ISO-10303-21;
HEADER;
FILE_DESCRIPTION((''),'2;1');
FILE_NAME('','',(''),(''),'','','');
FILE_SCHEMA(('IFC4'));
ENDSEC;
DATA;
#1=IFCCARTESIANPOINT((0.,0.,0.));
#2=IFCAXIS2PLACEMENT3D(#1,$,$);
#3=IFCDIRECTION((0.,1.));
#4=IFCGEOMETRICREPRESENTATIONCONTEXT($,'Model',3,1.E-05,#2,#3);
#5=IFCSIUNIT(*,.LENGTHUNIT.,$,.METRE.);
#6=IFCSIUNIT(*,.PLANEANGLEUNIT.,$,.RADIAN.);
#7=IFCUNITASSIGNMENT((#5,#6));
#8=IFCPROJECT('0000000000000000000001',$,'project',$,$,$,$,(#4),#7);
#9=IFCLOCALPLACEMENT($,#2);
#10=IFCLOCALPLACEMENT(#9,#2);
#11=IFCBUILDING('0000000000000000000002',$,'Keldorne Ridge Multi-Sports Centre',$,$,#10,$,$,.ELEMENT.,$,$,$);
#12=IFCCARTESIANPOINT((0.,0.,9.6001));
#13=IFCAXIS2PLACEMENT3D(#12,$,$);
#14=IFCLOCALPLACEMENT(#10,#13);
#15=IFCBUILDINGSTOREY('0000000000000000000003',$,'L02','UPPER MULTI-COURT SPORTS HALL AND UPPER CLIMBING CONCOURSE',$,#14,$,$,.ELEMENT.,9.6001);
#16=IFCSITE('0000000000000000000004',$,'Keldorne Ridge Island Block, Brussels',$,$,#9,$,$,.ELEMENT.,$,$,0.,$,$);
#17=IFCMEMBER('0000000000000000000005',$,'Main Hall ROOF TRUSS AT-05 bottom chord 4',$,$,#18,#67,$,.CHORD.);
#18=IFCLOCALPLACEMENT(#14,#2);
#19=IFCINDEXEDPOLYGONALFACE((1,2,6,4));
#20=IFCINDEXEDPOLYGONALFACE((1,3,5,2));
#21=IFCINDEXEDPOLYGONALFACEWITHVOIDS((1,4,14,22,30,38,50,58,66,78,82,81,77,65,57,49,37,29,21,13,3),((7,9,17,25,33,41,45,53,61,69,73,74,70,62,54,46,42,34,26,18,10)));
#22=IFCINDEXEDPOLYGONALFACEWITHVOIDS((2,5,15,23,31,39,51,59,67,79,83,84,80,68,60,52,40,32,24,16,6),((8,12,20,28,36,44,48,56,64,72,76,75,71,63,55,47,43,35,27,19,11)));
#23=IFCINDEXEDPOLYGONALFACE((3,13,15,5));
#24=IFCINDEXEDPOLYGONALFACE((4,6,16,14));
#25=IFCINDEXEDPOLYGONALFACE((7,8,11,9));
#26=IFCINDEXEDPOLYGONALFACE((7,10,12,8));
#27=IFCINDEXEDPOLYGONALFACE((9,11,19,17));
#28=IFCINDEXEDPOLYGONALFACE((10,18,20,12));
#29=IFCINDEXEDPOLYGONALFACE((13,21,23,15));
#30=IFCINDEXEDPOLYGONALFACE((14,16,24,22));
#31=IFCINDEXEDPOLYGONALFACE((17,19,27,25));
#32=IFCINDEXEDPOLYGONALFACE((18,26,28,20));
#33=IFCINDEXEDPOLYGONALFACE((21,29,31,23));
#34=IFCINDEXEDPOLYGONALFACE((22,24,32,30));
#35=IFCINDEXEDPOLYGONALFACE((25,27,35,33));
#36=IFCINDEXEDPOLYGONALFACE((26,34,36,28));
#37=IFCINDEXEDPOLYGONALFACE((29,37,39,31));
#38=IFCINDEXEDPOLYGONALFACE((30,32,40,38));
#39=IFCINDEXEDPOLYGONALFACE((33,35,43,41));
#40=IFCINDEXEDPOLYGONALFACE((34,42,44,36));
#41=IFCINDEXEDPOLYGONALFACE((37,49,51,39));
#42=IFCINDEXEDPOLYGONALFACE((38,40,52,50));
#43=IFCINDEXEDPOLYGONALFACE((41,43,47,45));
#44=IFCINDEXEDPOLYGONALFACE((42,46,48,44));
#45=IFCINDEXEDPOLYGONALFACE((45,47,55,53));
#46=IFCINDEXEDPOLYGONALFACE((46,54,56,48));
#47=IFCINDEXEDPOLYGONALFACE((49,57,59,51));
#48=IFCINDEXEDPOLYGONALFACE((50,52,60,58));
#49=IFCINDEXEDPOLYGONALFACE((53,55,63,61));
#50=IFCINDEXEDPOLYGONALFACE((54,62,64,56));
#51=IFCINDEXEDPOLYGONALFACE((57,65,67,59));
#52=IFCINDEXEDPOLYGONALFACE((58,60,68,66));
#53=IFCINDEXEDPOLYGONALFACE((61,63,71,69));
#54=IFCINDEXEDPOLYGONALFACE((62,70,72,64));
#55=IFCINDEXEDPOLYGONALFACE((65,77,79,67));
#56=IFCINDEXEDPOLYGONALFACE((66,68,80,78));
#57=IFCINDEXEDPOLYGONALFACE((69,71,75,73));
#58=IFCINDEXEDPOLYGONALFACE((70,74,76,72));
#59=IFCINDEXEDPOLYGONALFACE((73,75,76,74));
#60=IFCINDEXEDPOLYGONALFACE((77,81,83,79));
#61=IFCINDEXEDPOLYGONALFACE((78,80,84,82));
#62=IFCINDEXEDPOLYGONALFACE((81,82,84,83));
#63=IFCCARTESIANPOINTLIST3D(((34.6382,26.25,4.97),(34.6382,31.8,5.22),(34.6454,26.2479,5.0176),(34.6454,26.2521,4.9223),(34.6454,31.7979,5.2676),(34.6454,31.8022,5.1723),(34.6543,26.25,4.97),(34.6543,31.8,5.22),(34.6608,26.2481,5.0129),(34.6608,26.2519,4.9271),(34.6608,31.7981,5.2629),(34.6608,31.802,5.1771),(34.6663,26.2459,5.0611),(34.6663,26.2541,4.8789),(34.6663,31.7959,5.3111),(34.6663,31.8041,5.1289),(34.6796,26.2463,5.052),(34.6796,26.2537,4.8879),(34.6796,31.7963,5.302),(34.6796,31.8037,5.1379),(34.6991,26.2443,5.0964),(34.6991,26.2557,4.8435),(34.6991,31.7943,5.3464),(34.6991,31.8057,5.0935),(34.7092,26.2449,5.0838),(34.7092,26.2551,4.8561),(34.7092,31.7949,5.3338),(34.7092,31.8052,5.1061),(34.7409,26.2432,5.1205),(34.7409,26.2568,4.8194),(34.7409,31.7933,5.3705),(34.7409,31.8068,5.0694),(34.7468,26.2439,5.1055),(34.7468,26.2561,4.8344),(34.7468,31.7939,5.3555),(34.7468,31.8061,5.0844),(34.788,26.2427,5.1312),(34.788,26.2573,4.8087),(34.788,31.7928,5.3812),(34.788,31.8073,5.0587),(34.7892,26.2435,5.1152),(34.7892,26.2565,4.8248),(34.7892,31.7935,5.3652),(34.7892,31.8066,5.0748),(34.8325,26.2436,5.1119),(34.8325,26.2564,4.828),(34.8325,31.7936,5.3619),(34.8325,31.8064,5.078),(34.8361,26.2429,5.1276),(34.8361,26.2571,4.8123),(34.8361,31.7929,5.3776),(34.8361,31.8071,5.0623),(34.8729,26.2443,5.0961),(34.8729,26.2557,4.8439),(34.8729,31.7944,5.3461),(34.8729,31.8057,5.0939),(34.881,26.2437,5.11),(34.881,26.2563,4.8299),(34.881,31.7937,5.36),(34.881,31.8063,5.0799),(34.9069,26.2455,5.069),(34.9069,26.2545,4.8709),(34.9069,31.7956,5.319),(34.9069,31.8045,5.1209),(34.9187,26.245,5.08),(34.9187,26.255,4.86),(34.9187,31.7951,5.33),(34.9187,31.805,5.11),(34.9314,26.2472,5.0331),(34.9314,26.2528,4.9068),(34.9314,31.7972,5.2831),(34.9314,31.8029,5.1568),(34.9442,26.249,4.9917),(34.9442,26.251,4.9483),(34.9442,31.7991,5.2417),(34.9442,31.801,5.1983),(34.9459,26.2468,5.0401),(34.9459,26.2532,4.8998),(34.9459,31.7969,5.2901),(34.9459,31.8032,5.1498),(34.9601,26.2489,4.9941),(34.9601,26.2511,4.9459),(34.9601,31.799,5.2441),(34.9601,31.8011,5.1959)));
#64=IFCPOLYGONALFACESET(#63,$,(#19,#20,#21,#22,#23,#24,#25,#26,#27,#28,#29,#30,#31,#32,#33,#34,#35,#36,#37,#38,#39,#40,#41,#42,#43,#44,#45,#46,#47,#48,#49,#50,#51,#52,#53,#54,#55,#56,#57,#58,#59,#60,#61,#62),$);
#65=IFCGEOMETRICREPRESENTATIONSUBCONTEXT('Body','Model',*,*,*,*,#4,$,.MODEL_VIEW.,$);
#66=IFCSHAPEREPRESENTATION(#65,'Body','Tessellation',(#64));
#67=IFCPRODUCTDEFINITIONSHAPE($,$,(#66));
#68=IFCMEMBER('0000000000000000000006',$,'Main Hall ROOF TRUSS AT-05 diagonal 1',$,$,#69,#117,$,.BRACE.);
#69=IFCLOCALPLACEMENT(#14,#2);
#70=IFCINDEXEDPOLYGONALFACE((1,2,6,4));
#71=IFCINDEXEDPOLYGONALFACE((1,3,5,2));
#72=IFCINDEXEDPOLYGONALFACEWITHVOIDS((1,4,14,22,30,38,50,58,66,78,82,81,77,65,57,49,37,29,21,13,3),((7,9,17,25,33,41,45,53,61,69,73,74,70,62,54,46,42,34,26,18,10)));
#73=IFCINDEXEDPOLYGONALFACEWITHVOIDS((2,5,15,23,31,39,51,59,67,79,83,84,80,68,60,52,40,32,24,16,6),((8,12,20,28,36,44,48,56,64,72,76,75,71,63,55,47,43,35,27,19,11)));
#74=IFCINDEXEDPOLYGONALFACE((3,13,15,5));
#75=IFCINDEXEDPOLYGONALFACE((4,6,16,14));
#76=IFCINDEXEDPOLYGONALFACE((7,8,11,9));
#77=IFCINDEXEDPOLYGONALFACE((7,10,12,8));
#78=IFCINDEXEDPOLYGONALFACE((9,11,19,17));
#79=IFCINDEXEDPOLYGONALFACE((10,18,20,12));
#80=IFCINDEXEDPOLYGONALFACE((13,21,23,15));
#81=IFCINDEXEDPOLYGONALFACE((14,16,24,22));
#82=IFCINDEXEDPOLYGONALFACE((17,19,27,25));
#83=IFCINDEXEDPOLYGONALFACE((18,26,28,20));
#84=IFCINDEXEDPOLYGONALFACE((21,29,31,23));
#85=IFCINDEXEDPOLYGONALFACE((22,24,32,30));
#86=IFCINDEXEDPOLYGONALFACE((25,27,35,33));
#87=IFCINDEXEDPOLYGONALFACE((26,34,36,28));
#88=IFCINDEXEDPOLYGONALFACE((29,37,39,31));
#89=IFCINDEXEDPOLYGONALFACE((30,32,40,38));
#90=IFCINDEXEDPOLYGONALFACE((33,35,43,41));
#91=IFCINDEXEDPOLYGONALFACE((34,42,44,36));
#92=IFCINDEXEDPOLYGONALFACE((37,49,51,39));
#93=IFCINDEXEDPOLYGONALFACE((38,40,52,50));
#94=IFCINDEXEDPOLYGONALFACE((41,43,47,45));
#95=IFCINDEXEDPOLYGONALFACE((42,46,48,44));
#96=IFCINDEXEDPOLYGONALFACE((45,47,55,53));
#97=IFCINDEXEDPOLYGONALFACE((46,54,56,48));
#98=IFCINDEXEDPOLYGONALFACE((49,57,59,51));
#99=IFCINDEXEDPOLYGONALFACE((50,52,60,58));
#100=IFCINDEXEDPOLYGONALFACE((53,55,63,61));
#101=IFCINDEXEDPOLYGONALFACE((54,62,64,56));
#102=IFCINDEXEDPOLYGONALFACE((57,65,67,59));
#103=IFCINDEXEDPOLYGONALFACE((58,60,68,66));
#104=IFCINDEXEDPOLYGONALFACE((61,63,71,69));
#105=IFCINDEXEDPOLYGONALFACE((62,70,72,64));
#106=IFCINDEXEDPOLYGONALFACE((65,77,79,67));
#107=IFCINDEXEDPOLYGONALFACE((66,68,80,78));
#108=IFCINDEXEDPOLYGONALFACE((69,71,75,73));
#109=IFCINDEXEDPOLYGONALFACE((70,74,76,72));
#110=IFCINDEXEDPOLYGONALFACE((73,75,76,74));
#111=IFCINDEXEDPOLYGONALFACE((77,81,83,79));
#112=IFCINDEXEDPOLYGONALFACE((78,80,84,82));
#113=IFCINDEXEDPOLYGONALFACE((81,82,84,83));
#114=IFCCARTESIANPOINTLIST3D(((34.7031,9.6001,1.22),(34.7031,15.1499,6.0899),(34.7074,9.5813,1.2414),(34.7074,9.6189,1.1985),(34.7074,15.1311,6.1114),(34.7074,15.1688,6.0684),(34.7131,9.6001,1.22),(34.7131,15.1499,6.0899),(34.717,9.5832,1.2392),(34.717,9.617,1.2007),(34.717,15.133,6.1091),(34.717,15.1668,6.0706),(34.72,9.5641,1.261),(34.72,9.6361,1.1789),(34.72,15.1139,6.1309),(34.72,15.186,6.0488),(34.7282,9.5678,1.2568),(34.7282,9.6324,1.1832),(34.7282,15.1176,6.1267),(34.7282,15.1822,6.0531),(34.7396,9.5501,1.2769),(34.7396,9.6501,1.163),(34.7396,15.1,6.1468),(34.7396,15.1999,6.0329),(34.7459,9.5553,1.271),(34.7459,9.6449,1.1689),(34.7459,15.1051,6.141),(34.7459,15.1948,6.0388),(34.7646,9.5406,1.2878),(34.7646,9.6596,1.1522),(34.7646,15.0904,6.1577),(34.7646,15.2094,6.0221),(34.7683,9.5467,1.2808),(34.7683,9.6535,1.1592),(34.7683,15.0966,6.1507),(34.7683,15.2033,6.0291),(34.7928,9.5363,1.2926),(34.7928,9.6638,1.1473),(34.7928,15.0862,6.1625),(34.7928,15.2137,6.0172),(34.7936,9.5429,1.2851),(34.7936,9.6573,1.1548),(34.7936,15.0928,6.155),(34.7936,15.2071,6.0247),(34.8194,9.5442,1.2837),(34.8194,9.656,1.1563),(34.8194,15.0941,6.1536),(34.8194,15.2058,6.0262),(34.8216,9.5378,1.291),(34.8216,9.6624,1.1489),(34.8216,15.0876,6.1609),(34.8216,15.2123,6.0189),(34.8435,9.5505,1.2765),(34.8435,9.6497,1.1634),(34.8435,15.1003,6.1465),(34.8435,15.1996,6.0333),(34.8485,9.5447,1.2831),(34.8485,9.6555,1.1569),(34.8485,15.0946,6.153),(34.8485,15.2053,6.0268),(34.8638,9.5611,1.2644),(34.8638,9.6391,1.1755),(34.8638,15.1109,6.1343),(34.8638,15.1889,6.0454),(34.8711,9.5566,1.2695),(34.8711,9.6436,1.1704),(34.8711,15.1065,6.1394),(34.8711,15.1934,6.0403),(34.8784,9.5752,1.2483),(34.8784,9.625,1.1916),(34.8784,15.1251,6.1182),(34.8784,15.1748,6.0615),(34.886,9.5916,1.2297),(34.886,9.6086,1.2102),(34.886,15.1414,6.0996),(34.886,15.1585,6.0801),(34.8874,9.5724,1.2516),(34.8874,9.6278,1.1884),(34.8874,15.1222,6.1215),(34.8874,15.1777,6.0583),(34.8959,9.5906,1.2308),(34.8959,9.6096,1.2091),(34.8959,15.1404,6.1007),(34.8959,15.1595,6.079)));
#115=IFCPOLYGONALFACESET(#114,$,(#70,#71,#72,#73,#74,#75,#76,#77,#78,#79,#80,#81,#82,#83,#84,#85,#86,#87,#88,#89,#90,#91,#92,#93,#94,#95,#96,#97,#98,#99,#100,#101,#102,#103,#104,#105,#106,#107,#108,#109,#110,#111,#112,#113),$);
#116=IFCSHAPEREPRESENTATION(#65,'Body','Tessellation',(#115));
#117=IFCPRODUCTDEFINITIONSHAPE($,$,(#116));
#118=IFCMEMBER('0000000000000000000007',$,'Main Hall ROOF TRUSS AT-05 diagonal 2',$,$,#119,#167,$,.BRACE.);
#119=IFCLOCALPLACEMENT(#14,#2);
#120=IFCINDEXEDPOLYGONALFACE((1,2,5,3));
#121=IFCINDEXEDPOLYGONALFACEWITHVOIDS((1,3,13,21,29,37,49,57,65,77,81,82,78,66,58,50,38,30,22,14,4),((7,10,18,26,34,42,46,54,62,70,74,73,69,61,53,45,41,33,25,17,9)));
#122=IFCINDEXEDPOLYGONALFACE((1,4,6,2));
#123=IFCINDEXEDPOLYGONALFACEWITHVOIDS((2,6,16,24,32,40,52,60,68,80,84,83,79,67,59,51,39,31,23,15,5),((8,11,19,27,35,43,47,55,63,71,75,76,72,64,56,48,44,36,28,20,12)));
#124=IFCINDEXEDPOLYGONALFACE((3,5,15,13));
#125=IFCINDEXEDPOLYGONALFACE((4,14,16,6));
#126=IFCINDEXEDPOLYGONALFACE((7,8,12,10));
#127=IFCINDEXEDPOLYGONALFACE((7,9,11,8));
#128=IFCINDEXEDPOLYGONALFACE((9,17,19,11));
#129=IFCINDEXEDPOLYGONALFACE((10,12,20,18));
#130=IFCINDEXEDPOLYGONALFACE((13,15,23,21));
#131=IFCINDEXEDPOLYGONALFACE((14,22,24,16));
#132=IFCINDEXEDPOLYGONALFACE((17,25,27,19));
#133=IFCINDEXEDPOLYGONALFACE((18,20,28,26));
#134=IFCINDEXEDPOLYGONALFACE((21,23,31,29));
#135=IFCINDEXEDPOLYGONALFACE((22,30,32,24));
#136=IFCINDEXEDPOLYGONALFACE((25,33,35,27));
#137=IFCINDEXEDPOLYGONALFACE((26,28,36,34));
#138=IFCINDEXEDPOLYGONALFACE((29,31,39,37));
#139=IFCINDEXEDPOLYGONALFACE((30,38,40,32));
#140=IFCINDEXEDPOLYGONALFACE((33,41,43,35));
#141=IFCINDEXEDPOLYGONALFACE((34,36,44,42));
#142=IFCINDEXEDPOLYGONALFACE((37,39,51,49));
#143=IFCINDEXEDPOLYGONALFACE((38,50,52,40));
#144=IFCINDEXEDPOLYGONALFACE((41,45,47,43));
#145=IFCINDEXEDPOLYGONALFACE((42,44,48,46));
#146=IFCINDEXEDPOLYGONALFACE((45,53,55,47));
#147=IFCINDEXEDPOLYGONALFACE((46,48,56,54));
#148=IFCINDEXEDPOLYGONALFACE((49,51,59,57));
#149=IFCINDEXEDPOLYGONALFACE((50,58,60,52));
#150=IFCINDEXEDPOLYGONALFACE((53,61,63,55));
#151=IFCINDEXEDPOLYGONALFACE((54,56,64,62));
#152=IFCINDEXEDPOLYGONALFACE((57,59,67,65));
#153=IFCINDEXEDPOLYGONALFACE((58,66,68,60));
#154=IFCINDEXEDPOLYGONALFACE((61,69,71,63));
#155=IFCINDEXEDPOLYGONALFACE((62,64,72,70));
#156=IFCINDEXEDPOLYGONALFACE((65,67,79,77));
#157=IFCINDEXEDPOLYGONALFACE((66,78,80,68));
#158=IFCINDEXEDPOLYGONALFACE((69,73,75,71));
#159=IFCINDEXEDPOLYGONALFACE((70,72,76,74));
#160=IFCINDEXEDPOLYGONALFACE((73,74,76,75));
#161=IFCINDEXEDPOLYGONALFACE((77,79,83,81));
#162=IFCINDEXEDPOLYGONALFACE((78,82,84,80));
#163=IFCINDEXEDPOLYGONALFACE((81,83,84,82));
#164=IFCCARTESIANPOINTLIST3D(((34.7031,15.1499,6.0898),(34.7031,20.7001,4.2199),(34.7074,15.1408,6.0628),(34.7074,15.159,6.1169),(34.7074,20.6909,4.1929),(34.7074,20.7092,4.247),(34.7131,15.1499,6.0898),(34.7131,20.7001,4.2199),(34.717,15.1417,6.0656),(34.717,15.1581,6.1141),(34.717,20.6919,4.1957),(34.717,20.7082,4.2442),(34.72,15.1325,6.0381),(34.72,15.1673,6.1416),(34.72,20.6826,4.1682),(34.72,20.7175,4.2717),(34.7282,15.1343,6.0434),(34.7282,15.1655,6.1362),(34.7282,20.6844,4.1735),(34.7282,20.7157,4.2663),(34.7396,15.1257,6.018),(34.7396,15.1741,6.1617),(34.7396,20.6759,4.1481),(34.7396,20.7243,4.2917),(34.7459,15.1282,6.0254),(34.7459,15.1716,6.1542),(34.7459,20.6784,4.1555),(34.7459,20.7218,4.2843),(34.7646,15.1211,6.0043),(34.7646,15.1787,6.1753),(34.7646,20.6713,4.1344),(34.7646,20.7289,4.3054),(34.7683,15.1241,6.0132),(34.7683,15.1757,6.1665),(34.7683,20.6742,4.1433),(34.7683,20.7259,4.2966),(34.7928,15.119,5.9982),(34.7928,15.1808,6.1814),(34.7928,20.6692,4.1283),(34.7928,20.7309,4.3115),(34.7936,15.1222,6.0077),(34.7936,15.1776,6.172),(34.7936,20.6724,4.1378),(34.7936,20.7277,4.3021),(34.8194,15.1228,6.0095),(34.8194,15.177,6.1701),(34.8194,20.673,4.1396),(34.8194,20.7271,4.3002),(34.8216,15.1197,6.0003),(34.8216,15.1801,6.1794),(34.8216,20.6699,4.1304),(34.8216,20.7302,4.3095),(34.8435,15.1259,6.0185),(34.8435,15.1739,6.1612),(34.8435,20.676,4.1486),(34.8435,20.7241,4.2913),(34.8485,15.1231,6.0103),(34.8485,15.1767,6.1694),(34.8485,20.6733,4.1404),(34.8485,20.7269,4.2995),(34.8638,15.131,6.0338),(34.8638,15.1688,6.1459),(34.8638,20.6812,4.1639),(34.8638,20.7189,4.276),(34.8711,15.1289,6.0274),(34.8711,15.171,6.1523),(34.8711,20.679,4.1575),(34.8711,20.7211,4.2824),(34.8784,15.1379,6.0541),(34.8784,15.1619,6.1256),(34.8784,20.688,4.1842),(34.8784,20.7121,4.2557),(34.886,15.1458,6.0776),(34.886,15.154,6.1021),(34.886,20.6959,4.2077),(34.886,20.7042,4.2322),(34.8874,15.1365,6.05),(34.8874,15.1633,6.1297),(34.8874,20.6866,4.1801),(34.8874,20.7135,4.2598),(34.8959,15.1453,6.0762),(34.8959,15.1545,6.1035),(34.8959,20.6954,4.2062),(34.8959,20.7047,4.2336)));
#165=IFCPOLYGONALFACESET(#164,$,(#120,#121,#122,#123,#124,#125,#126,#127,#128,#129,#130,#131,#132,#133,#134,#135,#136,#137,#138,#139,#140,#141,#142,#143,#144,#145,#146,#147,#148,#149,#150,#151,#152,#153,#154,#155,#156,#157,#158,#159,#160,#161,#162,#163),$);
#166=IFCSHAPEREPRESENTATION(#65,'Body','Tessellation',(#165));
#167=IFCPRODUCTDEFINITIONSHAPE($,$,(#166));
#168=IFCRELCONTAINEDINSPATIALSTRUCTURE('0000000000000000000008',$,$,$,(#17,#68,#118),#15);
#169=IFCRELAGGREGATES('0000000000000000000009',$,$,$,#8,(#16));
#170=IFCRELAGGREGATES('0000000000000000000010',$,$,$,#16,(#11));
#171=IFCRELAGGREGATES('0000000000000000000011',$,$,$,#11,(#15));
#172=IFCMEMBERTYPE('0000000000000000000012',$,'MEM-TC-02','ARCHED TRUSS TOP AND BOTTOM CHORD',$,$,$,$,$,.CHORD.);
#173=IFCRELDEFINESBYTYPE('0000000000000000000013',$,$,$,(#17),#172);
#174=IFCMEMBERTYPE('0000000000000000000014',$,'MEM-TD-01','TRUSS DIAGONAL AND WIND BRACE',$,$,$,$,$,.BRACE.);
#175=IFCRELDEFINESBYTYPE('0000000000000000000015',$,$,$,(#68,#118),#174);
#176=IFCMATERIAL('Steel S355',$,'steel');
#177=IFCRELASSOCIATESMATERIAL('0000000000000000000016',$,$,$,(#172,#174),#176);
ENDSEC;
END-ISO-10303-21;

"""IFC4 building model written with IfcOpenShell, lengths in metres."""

from ifc_helpers import new_model, si_unit, direction, frame, origin, origin_2d, place, context, subcontext, project, spatial, hollow_circle, extrude, material, material_profile, profile_set, type_object, element, save


model = new_model("IFC4")

# Units and contexts
model_context = context("Model", 3, precision=1e-05, world=origin(), true_north=direction((0.0, 1.0)))
body_context = subcontext(model_context, "Body", "Model", "MODEL_VIEW")
ifc_project = project(units=[si_unit("LENGTHUNIT", "METRE"), si_unit("PLANEANGLEUNIT", "RADIAN")], contexts=[model_context])

# Site, building, storey
site_placement = place(None, origin())
site = spatial("IfcSite", under=ifc_project, at=site_placement, Name="Keldorne Ridge Island Block, Brussels", CompositionType="ELEMENT", RefElevation=0.0)
building_placement = place(site_placement, origin())
building = spatial("IfcBuilding", under=site, at=building_placement, Name="Keldorne Ridge Multi-Sports Centre", CompositionType="ELEMENT")
storey_placement = place(building_placement, frame((0.0, 0.0, 9.6001)))
storey = spatial("IfcBuildingStorey", under=building, at=storey_placement, Name="L02", Description="UPPER MULTI-COURT SPORTS HALL AND UPPER CLIMBING CONCOURSE", CompositionType="ELEMENT", Elevation=9.6001)

# Shared definitions
ifc_material_1 = material(Name="Steel S355", Category="steel")

# Members
ifc_material_profile_1 = material_profile(ifc_material_1, hollow_circle(Radius=0.1619, WallThickness=0.0161, at=origin_2d()), Name="CHS 323.9x16")
ifc_profile_set_1 = profile_set([ifc_material_profile_1], Name="Steel S355")
member_type_1 = type_object("IfcMemberType", Name="MEM-TC-02", Description="ARCHED TRUSS TOP AND BOTTOM CHORD", PredefinedType="CHORD", material=ifc_profile_set_1)
member_1_placement = place(storey_placement, frame((34.8, 26.25, 4.97), z_axis=(0.0, 0.998987, 0.044999), x_axis=(-1.0, 0.0, 0.0)))
element("IfcMember", 1, at=member_1_placement, inside=storey, type_object=member_type_1, Name="Main Hall ROOF TRUSS AT-05 bottom chord 4", PredefinedType="CHORD", context=body_context, shape_type="SweptSolid", body=[
    extrude(hollow_circle(Radius=0.1619, WallThickness=0.0161, at=origin_2d()), origin(), (0.0, 0.0, 1.0), 5.5557),
])
ifc_material_profile_2 = material_profile(ifc_material_1, hollow_circle(Radius=0.0969, WallThickness=0.01, at=origin_2d()), Name="CHS 193.7x10")
ifc_profile_set_2 = profile_set([ifc_material_profile_2], Name="Steel S355")
member_type_2 = type_object("IfcMemberType", Name="MEM-TD-01", Description="TRUSS DIAGONAL AND WIND BRACE", PredefinedType="BRACE", material=ifc_profile_set_2)
member_2_placement = place(storey_placement, frame((34.8, 9.6001, 1.22), z_axis=(0.0, 0.75165, 0.659562), x_axis=(-1.0, 0.0, 0.0)))
element("IfcMember", 2, at=member_2_placement, inside=storey, type_object=member_type_2, Name="Main Hall ROOF TRUSS AT-05 diagonal 1", PredefinedType="BRACE", context=body_context, shape_type="SweptSolid", body=[
    extrude(hollow_circle(Radius=0.0969, WallThickness=0.01, at=origin_2d()), origin(), (0.0, 0.0, 1.0), 7.3835),
])
member_3_placement = place(storey_placement, frame((34.8, 15.1499, 6.0898), z_axis=(0.0, 0.947661, -0.319278), x_axis=(-1.0, 0.0, 0.0)))
element("IfcMember", 3, at=member_3_placement, inside=storey, type_object=member_type_2, Name="Main Hall ROOF TRUSS AT-05 diagonal 2", PredefinedType="BRACE", context=body_context, shape_type="SweptSolid", body=[
    extrude(hollow_circle(Radius=0.0969, WallThickness=0.01, at=origin_2d()), origin(), (0.0, 0.0, 1.0), 5.8567),
])

save(model, "model.ifc")
